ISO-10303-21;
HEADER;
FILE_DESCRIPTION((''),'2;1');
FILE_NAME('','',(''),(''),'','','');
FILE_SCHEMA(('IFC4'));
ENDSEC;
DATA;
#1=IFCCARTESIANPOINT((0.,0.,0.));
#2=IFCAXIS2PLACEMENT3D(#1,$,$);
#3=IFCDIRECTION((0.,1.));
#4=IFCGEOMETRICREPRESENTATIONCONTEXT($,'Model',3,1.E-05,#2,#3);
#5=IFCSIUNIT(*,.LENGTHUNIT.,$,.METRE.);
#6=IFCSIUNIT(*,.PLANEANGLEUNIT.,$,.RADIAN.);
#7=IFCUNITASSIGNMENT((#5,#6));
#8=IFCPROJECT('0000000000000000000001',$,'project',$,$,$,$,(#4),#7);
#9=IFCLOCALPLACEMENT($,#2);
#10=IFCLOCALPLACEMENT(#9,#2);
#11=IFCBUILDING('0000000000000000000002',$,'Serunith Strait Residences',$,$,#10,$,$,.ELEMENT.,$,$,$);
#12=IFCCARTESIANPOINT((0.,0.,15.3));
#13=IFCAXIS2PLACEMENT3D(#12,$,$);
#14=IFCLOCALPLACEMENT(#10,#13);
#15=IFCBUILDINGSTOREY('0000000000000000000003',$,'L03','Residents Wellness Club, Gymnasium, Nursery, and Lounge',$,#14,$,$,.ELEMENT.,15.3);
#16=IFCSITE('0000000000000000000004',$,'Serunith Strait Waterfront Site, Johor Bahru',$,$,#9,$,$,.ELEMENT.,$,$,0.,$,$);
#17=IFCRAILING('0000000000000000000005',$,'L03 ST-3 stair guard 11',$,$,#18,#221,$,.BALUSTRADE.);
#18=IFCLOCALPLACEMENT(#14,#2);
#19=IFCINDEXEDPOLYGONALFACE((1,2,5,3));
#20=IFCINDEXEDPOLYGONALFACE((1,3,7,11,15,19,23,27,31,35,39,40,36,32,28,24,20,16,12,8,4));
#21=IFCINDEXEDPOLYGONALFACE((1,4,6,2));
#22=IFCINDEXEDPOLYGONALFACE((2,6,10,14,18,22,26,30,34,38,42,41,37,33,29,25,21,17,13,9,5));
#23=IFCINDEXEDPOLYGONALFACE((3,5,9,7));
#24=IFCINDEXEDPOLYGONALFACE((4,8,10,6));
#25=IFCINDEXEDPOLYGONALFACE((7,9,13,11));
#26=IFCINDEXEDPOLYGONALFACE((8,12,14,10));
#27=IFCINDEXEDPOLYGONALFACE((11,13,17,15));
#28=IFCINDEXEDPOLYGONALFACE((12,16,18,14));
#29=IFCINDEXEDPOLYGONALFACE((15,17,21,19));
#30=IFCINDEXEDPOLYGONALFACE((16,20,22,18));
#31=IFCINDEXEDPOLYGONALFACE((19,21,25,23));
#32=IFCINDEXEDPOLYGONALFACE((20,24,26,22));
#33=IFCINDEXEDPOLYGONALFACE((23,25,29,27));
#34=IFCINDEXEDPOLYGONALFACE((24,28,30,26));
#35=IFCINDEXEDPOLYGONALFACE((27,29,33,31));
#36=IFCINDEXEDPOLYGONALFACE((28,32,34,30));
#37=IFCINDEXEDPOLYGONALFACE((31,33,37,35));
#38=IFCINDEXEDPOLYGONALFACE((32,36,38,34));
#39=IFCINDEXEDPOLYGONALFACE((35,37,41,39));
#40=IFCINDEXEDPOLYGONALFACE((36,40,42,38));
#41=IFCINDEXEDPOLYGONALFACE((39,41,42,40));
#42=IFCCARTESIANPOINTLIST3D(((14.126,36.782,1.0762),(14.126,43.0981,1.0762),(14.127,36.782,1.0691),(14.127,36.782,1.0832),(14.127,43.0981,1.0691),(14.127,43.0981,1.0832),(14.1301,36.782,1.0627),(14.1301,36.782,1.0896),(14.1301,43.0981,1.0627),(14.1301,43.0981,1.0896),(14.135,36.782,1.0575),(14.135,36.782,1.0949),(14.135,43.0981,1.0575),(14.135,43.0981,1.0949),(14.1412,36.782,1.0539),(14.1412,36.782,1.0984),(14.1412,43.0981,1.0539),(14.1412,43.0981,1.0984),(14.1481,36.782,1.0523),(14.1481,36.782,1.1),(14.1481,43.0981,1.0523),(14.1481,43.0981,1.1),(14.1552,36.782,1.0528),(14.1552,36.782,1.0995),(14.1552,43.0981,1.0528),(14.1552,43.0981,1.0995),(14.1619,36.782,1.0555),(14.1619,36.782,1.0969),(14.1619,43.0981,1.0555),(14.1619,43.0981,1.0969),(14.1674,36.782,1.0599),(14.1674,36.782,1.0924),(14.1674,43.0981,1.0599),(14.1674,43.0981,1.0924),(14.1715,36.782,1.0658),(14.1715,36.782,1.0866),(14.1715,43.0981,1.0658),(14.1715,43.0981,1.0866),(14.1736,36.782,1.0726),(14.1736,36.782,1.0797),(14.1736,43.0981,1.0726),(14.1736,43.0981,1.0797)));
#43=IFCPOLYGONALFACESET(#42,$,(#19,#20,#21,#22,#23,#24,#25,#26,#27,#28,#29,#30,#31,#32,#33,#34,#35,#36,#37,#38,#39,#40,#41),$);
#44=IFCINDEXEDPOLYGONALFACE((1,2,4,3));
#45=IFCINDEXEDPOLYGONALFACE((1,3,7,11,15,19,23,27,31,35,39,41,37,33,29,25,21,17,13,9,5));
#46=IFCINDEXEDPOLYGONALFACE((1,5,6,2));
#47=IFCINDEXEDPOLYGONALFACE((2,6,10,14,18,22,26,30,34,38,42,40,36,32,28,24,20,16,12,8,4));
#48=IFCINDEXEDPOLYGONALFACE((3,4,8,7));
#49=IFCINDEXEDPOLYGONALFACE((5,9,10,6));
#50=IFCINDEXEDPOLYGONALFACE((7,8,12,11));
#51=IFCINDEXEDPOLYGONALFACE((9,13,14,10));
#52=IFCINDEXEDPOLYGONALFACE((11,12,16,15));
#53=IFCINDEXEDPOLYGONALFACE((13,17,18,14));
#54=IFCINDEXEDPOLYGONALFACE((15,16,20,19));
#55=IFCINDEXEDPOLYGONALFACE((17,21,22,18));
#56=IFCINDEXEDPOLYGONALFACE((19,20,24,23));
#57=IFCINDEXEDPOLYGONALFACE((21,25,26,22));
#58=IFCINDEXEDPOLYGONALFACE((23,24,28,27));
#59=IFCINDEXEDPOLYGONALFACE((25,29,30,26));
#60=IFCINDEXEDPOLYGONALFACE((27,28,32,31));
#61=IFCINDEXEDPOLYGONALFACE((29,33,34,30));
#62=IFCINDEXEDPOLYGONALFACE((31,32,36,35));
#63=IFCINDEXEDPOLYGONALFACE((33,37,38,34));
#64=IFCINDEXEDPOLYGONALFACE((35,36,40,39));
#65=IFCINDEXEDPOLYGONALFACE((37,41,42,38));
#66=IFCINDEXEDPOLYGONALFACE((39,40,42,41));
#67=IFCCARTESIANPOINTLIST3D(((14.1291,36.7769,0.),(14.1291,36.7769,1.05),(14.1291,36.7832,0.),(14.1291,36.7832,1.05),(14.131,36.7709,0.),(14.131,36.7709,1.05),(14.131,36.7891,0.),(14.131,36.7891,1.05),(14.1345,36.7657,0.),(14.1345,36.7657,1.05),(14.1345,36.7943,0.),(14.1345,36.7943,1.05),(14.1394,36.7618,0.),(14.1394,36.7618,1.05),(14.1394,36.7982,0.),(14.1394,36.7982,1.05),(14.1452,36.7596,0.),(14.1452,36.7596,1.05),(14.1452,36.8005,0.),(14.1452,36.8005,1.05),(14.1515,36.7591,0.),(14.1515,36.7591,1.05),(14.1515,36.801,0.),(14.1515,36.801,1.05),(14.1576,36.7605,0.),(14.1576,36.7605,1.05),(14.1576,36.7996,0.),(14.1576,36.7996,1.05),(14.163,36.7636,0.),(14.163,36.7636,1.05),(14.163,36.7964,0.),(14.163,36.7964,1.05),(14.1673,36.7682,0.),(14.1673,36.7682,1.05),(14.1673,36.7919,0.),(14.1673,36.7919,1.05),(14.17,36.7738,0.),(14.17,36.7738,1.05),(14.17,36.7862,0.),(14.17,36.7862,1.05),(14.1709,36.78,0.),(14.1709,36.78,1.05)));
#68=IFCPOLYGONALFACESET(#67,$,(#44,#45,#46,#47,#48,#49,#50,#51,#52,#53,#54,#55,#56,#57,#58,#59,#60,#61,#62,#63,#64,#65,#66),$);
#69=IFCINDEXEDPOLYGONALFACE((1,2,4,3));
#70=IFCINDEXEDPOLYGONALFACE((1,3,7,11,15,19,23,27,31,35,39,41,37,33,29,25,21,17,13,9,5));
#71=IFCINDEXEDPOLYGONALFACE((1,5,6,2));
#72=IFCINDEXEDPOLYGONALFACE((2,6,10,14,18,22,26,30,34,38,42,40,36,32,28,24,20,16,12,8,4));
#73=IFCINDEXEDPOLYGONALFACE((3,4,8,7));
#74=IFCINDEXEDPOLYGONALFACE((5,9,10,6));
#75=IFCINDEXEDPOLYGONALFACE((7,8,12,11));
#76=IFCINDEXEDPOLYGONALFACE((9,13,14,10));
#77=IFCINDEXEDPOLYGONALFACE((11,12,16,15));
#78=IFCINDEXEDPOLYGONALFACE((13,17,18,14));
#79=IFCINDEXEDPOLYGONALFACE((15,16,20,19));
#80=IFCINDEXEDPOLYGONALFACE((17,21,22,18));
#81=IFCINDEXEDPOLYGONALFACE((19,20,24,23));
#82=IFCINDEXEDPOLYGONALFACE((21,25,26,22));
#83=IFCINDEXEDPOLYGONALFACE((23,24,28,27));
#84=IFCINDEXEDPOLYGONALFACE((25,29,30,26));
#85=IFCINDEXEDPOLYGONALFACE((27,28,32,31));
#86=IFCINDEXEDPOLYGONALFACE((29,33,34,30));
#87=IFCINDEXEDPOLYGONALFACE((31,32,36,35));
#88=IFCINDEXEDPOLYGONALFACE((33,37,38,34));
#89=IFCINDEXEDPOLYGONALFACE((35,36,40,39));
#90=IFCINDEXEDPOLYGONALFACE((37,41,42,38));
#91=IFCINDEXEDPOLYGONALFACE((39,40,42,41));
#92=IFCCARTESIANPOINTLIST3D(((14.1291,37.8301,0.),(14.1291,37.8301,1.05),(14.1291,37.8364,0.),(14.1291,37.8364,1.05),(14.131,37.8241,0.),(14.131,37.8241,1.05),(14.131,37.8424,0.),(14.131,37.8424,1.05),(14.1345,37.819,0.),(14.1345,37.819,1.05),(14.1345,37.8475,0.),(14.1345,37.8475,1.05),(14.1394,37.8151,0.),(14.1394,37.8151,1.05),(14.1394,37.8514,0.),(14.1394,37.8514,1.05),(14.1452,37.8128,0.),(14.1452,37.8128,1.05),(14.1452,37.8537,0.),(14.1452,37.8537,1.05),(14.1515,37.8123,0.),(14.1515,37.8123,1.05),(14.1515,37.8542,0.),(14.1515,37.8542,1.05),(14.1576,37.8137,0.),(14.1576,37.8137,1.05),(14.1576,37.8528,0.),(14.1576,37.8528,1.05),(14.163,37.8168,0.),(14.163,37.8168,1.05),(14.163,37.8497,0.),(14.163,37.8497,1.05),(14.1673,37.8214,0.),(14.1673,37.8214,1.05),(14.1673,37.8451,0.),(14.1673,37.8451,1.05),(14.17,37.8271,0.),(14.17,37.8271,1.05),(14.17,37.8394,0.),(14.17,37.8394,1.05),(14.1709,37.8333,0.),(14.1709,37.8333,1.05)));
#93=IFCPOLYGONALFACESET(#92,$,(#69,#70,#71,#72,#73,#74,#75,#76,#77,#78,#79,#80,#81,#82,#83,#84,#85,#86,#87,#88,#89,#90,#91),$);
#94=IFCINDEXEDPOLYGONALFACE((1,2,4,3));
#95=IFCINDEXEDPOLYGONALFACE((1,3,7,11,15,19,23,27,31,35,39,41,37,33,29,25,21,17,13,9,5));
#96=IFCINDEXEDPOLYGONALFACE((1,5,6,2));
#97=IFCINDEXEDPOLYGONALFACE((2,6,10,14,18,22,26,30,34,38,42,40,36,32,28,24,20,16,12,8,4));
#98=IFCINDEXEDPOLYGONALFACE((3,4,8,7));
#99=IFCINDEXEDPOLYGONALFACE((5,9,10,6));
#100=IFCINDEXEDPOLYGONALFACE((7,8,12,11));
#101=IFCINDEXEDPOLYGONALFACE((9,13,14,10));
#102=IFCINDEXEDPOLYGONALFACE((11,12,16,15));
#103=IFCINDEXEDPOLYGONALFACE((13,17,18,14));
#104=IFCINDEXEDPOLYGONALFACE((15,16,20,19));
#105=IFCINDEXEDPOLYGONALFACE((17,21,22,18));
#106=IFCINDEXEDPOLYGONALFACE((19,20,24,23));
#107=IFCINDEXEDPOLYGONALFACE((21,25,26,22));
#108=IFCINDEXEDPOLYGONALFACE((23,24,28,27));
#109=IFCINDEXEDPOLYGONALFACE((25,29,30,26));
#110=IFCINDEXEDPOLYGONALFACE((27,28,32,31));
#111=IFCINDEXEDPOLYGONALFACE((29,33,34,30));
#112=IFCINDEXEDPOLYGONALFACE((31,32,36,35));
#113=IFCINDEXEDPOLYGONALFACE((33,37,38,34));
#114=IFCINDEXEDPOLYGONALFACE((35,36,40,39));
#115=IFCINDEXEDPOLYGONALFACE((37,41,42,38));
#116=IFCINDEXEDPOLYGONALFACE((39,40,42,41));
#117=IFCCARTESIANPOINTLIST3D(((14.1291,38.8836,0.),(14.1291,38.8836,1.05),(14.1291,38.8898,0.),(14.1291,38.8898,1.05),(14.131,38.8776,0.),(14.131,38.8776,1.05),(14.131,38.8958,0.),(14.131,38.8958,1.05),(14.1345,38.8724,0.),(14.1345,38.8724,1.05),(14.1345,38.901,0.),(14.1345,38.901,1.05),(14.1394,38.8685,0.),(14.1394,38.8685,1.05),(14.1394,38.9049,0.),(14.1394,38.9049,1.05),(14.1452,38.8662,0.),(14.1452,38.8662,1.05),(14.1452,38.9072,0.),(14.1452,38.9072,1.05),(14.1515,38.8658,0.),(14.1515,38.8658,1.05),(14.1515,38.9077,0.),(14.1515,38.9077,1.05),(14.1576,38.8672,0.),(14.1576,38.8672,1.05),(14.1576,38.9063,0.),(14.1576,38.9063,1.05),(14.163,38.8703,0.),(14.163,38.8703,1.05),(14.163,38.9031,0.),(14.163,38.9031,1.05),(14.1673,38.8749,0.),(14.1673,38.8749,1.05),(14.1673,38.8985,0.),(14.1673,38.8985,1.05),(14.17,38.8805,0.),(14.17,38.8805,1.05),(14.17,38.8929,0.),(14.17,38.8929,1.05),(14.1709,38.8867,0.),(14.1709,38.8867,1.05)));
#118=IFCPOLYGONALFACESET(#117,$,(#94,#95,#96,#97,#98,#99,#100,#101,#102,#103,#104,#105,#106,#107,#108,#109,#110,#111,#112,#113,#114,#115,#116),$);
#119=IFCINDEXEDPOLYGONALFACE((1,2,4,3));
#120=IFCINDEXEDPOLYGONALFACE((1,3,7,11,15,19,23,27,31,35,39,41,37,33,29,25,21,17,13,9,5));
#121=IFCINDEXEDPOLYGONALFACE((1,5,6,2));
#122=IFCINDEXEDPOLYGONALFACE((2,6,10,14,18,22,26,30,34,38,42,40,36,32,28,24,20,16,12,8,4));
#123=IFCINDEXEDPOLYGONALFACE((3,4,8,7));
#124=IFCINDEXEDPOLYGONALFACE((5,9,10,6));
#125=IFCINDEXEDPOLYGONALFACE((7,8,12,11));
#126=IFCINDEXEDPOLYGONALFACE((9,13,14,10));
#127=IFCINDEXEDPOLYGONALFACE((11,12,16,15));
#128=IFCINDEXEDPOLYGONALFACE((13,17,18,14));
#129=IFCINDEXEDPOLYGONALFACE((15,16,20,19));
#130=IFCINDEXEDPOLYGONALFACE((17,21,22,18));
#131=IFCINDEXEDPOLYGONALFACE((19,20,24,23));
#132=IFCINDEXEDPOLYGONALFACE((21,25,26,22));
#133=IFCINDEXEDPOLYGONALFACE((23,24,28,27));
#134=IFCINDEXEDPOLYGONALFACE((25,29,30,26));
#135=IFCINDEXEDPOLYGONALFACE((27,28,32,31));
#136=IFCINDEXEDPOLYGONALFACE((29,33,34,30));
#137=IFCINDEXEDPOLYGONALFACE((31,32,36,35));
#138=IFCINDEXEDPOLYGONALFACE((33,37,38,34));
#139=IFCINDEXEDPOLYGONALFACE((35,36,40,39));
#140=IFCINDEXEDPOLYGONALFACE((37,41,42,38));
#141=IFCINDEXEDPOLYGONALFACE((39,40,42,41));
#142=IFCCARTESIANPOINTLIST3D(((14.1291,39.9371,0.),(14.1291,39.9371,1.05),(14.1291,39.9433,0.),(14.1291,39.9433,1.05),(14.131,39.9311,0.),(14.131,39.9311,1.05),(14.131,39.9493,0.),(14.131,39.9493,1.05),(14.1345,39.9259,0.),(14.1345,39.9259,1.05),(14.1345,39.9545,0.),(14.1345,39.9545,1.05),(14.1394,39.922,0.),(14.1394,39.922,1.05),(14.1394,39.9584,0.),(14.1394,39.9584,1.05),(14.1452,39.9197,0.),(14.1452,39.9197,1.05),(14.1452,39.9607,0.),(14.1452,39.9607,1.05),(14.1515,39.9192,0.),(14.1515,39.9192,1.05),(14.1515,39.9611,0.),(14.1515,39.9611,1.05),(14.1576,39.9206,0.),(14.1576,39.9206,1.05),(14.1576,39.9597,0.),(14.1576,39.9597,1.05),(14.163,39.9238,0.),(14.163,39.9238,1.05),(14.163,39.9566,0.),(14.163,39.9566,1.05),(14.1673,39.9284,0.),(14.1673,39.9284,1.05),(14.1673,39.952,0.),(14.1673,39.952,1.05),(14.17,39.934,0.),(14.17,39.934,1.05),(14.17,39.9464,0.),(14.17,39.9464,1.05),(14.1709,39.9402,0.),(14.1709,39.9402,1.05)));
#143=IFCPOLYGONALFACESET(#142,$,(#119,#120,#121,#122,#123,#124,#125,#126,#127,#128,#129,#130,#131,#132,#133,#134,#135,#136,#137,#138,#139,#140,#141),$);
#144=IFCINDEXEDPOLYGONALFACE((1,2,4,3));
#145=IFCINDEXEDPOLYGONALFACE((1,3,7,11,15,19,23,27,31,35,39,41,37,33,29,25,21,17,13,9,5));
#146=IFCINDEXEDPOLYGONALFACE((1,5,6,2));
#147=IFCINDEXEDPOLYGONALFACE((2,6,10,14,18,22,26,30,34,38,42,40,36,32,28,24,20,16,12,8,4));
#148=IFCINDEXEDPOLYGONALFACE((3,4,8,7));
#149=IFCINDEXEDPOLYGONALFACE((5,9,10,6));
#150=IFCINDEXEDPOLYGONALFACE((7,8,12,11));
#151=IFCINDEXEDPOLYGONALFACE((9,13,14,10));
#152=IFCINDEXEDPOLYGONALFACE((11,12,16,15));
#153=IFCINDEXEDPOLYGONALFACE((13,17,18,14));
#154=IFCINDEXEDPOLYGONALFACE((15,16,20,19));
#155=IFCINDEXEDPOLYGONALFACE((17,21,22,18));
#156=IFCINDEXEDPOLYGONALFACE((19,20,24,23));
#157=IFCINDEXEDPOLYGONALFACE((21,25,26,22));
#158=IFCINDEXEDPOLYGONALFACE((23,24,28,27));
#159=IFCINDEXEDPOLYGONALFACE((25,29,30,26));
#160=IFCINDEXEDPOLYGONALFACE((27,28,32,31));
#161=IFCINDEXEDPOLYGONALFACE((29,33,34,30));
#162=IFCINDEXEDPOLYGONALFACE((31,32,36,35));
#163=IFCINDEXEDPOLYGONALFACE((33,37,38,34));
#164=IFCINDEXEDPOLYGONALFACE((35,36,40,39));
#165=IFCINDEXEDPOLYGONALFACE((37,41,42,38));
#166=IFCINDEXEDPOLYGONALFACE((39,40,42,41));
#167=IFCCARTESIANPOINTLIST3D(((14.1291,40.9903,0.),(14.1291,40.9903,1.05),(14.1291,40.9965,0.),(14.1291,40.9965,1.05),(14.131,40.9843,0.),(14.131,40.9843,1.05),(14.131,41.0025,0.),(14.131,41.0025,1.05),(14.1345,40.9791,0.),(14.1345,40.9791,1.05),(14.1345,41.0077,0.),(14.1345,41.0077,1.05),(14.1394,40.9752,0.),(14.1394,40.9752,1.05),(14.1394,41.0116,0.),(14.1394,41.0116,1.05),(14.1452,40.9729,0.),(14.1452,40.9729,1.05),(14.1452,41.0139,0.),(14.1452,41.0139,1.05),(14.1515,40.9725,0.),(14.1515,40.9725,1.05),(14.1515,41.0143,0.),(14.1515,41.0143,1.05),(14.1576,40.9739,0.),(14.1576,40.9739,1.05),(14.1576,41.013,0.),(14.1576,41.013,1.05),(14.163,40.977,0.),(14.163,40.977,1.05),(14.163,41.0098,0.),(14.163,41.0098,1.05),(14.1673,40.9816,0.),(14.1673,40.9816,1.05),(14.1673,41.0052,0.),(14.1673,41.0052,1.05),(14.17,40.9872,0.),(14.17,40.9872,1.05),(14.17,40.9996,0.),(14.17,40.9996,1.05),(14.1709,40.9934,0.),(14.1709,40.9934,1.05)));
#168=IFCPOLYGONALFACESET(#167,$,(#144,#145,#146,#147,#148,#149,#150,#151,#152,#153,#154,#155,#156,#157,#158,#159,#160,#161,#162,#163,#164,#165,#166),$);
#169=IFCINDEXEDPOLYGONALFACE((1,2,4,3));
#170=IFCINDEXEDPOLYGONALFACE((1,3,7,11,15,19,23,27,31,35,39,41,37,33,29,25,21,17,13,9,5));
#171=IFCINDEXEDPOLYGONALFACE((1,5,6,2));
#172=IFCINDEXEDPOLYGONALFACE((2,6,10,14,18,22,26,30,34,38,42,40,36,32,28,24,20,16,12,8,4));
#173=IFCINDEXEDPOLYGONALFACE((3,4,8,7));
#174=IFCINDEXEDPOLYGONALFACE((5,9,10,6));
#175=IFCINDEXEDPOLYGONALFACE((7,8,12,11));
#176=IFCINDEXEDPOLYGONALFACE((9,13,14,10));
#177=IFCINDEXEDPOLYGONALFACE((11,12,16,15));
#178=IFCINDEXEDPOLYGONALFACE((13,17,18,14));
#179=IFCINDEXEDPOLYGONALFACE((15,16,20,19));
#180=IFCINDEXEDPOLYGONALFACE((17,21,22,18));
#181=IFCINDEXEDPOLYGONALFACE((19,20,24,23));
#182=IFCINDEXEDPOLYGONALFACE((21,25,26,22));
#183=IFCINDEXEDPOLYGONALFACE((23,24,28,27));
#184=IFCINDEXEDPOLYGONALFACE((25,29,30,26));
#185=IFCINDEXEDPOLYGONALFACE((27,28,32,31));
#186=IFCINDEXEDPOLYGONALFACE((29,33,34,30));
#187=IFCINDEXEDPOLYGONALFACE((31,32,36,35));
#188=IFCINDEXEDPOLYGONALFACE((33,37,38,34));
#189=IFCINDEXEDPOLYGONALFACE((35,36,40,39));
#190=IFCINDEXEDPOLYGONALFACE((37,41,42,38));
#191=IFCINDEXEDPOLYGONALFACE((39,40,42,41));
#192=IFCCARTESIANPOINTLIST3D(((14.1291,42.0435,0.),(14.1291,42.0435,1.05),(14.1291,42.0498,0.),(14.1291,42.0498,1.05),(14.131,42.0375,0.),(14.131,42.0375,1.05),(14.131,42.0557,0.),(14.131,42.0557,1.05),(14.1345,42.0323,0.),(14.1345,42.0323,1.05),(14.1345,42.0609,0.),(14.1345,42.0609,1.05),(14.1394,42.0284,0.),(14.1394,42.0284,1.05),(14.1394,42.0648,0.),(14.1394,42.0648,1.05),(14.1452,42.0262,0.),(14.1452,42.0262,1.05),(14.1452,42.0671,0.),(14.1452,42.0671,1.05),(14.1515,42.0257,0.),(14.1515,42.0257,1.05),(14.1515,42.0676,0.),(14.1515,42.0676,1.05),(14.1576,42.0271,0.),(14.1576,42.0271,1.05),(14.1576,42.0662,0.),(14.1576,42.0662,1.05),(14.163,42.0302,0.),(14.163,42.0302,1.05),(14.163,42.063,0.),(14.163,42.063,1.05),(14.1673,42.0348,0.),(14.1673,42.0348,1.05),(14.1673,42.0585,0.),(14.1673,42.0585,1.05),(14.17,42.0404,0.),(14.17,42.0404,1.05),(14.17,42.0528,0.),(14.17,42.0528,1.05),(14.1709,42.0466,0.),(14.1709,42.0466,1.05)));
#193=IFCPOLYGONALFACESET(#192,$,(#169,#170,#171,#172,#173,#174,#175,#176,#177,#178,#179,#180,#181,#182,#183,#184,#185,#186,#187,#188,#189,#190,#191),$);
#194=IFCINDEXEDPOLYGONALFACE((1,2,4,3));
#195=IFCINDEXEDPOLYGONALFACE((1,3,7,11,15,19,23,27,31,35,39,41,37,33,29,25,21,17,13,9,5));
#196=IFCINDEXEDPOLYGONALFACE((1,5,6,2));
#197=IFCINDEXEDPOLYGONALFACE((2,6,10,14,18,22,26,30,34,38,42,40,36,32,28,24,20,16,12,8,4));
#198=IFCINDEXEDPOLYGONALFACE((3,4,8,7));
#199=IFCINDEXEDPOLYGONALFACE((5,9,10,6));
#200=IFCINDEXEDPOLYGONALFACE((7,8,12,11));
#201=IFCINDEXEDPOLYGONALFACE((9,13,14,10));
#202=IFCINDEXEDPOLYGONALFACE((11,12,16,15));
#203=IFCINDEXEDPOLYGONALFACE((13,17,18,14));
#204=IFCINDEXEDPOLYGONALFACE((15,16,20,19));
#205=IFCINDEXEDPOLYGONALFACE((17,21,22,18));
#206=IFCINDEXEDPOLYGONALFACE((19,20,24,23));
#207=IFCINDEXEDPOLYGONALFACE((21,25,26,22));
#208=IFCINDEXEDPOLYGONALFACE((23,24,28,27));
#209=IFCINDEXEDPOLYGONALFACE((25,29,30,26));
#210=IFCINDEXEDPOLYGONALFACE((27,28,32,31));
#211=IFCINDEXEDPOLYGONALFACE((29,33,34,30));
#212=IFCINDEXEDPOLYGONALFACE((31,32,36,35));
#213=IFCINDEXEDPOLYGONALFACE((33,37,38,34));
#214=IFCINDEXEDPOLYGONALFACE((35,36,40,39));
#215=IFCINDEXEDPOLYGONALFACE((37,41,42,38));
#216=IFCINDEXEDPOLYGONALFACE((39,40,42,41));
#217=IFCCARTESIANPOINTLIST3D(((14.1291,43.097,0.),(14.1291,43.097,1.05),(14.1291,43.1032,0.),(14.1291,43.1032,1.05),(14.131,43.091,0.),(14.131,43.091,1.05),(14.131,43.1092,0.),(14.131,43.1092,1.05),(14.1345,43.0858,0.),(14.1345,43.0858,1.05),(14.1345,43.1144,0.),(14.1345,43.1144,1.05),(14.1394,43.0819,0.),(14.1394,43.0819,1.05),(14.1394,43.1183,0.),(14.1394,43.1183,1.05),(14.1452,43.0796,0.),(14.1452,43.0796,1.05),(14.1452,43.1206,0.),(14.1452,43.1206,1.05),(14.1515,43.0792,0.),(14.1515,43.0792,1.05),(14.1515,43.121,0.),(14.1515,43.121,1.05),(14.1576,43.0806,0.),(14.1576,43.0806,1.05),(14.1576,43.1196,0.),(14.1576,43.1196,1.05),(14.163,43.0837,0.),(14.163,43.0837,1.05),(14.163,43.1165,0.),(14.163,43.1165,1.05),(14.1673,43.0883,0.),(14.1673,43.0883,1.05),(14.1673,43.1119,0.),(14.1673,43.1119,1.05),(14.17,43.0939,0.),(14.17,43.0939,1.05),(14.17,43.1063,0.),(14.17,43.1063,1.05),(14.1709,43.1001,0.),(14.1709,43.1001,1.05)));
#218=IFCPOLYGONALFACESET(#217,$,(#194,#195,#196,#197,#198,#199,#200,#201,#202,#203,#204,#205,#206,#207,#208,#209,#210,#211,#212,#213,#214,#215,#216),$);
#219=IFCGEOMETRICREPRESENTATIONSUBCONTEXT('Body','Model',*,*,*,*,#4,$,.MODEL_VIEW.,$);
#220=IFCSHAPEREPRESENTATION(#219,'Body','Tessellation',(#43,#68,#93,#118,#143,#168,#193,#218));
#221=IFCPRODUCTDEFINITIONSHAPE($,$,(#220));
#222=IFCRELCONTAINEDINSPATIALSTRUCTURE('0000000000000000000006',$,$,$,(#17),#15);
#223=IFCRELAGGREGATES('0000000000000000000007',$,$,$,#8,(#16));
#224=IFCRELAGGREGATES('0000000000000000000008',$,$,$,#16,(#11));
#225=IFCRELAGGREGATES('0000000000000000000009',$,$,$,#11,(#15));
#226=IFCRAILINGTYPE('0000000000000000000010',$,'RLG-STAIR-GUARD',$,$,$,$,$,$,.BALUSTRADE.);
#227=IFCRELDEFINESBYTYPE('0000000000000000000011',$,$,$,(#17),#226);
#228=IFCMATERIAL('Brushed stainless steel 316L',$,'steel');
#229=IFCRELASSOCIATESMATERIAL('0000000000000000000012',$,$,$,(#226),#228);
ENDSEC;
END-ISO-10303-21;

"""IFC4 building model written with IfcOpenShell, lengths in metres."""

from ifc_helpers import new_model, si_unit, direction, frame, origin, origin_2d, place, context, subcontext, project, spatial, circle, extrude, material, type_object, element, save


model = new_model("IFC4")

# Units and contexts
model_context = context("Model", 3, precision=1e-05, world=origin(), true_north=direction((0.0, 1.0)))
body_context = subcontext(model_context, "Body", "Model", "MODEL_VIEW")
ifc_project = project(units=[si_unit("LENGTHUNIT", "METRE"), si_unit("PLANEANGLEUNIT", "RADIAN")], contexts=[model_context])

# Site, building, storey
site_placement = place(None, origin())
site = spatial("IfcSite", under=ifc_project, at=site_placement, Name="Serunith Strait Waterfront Site, Johor Bahru", CompositionType="ELEMENT", RefElevation=0.0)
building_placement = place(site_placement, origin())
building = spatial("IfcBuilding", under=site, at=building_placement, Name="Serunith Strait Residences", CompositionType="ELEMENT")
storey_placement = place(building_placement, frame((0.0, 0.0, 15.3)))
storey = spatial("IfcBuildingStorey", under=building, at=storey_placement, Name="L03", Description="Residents Wellness Club, Gymnasium, Nursery, and Lounge", CompositionType="ELEMENT", Elevation=15.3)

# Railing
ifc_material_1 = material(Name="Brushed stainless steel 316L", Category="steel")
railing_type_1 = type_object("IfcRailingType", Name="RLG-STAIR-GUARD", PredefinedType="BALUSTRADE", material=ifc_material_1)
railing_1_placement = place(storey_placement, frame((14.1499, 36.78, 0.0)))
element("IfcRailing", 1, at=railing_1_placement, inside=storey, type_object=railing_type_1, Name="L03 ST-3 stair guard 11", PredefinedType="BALUSTRADE", context=body_context, shape_type="SweptSolid", body=[
    extrude(circle(Radius=0.0239, at=origin_2d()), frame((0.0, 0.002, 1.0762), z_axis=(0.0, 1.0, 0.0), x_axis=(-1.0, 0.0, 0.0)), (0.0, 0.0, 1.0), 6.3162),
    extrude(circle(Radius=0.021, at=origin_2d()), origin(), (0.0, 0.0, 1.0), 1.05),
    extrude(circle(Radius=0.021, at=origin_2d()), frame((0.0, 1.0532, 0.0)), (0.0, 0.0, 1.0), 1.05),
    extrude(circle(Radius=0.021, at=origin_2d()), frame((0.0, 2.1067, 0.0)), (0.0, 0.0, 1.0), 1.05),
    extrude(circle(Radius=0.021, at=origin_2d()), frame((0.0, 3.1602, 0.0)), (0.0, 0.0, 1.0), 1.05),
    extrude(circle(Radius=0.021, at=origin_2d()), frame((0.0, 4.2134, 0.0)), (0.0, 0.0, 1.0), 1.05),
    extrude(circle(Radius=0.021, at=origin_2d()), frame((0.0, 5.2666, 0.0)), (0.0, 0.0, 1.0), 1.05),
    extrude(circle(Radius=0.021, at=origin_2d()), frame((0.0, 6.3201, 0.0)), (0.0, 0.0, 1.0), 1.05),
])

save(model, "model.ifc")
